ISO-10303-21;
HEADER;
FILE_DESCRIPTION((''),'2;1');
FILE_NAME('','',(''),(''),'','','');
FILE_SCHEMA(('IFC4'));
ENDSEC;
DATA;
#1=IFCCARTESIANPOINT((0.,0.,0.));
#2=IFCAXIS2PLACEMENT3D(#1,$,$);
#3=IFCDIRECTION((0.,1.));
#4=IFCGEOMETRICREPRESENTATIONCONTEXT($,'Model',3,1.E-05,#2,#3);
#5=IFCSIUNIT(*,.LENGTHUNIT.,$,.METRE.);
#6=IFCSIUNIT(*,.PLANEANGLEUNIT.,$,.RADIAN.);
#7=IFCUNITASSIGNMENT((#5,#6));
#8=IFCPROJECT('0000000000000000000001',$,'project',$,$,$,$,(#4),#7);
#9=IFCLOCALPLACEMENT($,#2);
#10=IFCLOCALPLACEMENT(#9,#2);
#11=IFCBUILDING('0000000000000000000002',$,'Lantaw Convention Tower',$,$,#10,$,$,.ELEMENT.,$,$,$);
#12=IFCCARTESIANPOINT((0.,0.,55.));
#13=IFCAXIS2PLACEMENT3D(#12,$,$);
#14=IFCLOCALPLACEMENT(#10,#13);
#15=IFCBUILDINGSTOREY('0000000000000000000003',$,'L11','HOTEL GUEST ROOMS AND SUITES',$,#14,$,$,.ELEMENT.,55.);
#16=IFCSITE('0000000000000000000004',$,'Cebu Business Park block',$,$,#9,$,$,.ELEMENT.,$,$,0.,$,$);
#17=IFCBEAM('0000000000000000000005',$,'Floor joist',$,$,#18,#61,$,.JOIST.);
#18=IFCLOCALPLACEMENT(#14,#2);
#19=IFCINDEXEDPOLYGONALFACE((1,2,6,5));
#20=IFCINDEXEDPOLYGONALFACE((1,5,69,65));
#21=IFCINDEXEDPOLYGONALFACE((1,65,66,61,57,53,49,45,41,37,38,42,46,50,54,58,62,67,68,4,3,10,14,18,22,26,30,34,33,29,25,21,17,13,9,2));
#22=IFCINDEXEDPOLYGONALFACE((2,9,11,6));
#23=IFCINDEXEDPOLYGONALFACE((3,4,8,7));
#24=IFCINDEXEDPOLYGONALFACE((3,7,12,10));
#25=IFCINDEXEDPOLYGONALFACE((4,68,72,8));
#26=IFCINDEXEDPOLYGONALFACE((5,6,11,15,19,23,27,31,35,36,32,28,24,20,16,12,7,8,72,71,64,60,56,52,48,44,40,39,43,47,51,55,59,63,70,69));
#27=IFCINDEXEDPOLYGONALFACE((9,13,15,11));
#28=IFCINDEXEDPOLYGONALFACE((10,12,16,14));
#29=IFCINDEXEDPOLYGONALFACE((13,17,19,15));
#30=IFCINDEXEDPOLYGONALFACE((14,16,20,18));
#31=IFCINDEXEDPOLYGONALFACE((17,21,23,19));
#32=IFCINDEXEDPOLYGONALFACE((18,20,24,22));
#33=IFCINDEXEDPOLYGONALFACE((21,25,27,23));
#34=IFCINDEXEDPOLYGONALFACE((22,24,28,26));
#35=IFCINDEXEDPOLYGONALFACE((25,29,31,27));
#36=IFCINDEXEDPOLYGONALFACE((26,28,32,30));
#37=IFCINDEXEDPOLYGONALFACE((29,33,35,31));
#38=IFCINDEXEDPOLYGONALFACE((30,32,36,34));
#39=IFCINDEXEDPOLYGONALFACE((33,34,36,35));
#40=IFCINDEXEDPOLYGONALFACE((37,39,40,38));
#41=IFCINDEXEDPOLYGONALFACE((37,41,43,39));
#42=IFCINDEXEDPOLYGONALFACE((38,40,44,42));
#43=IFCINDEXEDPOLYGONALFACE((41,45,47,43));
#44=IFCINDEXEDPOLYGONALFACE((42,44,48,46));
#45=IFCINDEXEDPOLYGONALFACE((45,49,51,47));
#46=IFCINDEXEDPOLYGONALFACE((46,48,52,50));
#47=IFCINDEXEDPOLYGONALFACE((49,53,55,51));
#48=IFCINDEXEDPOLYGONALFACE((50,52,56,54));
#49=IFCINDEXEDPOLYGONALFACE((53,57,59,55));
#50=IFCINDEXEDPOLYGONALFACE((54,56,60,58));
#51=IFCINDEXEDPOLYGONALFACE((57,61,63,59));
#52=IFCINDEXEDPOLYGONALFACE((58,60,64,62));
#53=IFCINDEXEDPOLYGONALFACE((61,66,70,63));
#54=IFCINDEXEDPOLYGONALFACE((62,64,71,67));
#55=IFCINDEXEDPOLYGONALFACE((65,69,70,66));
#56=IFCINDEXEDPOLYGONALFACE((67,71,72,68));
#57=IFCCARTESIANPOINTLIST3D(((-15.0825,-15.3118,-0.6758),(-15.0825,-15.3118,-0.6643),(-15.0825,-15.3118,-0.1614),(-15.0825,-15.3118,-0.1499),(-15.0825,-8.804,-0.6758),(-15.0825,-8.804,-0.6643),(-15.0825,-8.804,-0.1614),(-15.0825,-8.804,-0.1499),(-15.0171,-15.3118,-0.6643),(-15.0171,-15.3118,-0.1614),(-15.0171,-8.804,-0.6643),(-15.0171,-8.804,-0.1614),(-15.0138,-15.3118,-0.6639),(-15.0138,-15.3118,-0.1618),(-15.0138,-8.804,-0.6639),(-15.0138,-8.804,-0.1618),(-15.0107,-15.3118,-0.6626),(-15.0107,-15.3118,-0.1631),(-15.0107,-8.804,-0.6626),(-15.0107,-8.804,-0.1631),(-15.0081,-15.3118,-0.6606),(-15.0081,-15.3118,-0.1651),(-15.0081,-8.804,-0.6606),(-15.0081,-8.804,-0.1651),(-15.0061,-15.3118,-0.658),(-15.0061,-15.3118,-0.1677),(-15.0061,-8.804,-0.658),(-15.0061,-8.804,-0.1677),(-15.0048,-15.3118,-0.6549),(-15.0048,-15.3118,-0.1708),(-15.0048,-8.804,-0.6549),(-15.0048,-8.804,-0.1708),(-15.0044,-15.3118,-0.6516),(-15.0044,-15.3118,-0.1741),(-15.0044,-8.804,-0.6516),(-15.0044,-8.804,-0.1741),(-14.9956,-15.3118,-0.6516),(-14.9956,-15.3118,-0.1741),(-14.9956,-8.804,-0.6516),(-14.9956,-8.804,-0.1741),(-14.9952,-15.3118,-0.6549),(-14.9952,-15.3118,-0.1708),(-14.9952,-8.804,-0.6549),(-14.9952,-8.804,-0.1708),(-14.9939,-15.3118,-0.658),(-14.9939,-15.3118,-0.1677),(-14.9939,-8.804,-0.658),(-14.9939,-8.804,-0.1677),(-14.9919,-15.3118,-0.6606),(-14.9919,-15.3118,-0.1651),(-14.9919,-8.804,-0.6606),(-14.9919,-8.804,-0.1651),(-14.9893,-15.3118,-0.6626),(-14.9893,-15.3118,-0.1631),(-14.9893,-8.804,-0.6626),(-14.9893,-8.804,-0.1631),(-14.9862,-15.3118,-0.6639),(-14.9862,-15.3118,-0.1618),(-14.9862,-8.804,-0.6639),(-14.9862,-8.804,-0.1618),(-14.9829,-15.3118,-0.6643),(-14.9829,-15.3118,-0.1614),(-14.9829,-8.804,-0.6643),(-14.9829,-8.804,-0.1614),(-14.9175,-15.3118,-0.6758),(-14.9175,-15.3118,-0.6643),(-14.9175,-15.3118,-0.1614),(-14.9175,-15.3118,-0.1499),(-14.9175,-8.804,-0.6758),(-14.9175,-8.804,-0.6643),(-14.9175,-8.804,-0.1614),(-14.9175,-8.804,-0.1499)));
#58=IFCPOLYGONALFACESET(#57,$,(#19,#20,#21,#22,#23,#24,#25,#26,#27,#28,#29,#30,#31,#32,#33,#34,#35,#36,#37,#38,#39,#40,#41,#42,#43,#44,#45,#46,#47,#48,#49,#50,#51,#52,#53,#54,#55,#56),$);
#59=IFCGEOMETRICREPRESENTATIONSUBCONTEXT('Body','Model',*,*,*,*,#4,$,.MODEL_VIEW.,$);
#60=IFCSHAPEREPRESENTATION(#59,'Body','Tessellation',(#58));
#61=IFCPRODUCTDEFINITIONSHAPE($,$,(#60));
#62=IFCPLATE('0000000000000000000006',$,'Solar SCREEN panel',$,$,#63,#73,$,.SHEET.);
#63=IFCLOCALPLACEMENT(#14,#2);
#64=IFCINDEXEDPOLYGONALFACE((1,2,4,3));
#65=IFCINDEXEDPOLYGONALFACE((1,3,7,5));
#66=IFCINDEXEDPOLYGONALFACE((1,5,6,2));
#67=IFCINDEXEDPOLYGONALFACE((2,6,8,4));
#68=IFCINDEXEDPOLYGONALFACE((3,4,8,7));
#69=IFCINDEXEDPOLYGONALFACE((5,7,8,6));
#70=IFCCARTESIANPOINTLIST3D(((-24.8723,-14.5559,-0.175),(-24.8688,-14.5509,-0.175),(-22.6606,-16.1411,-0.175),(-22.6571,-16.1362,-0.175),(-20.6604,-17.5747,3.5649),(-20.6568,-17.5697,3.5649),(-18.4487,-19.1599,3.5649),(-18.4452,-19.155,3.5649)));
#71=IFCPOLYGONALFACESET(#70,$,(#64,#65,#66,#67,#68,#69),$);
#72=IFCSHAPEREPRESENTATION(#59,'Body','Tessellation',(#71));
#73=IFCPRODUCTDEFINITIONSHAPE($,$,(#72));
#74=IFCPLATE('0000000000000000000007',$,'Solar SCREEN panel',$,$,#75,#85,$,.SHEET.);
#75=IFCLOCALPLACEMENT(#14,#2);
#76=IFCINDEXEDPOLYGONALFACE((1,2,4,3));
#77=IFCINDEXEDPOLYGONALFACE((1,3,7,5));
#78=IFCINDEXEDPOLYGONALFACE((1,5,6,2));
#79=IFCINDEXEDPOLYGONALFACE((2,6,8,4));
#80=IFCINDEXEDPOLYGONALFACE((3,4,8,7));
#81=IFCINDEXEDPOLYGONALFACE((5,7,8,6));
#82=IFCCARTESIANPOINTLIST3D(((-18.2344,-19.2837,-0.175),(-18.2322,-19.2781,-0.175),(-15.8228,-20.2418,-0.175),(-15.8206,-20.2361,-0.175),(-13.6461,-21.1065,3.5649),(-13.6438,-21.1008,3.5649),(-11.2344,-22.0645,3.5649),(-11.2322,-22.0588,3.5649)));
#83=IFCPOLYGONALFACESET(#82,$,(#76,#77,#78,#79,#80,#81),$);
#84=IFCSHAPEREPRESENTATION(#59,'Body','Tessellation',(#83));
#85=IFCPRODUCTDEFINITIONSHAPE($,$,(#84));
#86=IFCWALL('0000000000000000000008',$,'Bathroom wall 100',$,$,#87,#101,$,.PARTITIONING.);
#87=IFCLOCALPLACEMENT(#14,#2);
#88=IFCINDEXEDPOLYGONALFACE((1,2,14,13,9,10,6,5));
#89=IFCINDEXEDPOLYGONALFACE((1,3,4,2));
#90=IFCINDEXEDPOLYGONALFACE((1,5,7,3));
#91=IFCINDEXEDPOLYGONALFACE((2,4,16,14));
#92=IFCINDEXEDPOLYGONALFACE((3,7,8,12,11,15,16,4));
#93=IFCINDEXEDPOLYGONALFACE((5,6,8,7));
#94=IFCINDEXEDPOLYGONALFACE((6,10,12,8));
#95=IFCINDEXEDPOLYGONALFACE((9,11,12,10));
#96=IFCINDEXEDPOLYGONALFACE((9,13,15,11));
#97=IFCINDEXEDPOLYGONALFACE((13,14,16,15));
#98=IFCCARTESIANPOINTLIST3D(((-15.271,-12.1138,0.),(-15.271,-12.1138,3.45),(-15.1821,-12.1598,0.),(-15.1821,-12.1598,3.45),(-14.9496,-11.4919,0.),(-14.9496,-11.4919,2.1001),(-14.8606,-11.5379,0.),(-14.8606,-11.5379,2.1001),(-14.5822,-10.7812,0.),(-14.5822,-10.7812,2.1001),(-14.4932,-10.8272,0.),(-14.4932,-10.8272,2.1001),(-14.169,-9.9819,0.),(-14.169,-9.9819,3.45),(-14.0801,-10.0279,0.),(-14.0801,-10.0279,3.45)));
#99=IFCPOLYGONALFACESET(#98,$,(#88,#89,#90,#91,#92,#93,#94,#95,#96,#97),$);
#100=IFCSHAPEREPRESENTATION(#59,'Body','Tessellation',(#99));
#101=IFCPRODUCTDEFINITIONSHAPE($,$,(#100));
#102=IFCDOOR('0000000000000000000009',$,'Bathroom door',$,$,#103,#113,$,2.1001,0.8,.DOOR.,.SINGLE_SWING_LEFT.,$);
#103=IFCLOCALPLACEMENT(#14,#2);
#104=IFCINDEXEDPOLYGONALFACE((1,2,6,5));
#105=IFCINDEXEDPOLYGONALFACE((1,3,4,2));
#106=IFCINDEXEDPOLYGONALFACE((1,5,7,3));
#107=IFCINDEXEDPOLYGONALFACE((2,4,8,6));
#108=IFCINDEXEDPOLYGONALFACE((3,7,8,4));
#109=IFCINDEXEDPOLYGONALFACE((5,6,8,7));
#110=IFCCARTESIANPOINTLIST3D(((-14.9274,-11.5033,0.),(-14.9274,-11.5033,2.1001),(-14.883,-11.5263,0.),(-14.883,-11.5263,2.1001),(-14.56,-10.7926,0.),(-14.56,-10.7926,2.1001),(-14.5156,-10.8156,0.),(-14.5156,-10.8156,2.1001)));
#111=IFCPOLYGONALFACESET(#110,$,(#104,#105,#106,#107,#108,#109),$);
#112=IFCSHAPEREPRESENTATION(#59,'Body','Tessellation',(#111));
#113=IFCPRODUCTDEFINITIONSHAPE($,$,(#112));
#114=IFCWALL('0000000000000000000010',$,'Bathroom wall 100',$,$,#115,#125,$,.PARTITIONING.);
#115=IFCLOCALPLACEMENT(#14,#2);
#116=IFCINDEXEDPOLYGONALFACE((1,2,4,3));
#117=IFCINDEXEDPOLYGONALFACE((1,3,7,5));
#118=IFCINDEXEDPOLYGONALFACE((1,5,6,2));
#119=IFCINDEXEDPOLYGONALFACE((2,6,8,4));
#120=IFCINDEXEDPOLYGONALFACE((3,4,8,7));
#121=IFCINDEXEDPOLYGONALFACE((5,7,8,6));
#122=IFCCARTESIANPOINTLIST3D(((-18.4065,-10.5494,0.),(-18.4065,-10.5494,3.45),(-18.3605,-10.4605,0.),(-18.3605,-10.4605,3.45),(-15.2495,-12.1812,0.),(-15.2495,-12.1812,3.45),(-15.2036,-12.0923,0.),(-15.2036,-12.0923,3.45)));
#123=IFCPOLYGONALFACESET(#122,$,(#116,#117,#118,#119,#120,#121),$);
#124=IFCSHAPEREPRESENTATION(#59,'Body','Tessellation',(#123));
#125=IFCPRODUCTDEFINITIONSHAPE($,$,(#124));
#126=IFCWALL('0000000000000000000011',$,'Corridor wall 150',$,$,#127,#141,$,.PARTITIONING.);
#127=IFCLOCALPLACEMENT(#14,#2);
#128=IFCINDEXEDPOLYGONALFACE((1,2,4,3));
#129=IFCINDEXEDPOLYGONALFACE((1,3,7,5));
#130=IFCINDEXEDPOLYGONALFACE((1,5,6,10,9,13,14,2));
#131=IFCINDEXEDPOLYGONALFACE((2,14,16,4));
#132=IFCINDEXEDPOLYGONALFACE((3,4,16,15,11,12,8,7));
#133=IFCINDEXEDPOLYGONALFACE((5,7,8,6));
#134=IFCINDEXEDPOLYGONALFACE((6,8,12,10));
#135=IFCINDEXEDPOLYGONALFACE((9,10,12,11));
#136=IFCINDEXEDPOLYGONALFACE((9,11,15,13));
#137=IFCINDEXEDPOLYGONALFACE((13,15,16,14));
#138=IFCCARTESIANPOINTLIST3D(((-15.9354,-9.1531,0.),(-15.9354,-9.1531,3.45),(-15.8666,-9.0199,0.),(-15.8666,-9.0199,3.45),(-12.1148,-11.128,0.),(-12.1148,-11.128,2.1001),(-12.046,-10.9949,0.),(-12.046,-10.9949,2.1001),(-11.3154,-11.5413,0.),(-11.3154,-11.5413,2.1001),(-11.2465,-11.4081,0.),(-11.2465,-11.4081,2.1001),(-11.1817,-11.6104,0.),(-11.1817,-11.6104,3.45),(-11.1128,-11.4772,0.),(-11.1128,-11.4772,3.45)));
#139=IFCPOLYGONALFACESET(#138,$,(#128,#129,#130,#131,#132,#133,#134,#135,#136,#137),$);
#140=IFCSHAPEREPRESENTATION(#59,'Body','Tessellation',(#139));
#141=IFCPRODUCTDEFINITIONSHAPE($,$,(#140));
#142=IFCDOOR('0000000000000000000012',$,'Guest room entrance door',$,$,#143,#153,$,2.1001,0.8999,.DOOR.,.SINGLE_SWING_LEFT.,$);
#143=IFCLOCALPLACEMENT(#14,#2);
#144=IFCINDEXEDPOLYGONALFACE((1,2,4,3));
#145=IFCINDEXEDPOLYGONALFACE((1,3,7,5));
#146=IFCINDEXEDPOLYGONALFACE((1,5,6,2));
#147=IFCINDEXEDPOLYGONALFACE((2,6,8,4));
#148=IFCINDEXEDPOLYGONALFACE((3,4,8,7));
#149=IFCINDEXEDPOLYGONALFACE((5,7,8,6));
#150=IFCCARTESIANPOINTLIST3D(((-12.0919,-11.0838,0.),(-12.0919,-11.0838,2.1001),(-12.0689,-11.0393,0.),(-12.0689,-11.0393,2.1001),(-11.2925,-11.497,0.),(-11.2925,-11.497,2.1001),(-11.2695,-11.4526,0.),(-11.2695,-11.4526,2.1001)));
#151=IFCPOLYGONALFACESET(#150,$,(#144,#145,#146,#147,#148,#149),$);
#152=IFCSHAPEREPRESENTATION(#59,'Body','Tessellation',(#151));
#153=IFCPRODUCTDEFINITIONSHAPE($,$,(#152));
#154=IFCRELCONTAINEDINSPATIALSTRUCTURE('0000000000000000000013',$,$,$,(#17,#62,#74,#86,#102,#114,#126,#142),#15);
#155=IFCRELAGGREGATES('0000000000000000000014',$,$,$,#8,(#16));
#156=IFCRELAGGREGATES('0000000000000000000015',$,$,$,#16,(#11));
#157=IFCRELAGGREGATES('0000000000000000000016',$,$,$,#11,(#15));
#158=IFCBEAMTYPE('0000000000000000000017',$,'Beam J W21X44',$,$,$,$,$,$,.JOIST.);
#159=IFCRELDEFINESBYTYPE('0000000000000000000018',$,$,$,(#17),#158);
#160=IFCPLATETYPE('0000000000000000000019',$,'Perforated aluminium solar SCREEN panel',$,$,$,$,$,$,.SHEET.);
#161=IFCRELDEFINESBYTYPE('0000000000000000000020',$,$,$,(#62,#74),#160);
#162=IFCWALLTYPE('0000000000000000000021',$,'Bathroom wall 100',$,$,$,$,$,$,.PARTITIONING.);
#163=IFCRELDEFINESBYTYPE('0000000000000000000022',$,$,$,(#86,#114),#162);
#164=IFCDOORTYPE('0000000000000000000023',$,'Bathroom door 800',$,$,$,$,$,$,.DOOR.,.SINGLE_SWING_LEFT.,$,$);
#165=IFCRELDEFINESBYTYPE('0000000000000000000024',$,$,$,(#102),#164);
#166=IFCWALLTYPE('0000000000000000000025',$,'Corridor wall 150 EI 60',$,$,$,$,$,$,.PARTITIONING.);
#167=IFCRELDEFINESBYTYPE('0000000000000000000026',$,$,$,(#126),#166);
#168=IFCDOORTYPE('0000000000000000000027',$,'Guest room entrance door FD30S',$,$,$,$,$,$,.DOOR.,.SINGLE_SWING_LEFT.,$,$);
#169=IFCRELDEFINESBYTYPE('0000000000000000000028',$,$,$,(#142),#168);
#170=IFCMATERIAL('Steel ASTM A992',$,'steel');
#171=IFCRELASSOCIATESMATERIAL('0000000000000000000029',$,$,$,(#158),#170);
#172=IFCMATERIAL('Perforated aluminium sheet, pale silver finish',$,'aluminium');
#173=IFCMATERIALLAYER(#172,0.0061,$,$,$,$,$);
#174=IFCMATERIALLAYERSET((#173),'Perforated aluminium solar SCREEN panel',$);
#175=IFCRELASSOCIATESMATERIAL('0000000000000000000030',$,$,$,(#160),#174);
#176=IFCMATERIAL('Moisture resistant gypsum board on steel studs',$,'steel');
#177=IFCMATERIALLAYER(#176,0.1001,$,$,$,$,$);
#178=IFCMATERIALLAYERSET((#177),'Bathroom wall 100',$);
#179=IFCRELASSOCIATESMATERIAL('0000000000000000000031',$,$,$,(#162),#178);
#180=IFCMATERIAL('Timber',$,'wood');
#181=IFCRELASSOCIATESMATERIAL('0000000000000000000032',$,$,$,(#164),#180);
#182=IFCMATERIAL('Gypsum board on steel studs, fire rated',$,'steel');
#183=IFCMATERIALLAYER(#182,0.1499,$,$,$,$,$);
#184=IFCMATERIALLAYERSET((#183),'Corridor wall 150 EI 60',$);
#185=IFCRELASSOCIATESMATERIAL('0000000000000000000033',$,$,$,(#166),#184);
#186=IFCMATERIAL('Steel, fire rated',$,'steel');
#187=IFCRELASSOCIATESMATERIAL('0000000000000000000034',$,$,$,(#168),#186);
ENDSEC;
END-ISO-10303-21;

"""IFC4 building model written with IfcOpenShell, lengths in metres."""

from ifc_helpers import new_model, si_unit, direction, frame, frame_2d, origin, origin_2d, place, context, subcontext, project, spatial, polyline, rectangle, i_section, outline, extrude, material, layer, layer_set, material_profile, profile_set, type_object, element, fill, save


model = new_model("IFC4")

# Units and contexts
model_context = context("Model", 3, precision=1e-05, world=origin(), true_north=direction((0.0, 1.0)))
body_context = subcontext(model_context, "Body", "Model", "MODEL_VIEW")
ifc_project = project(units=[si_unit("LENGTHUNIT", "METRE"), si_unit("PLANEANGLEUNIT", "RADIAN")], contexts=[model_context])

# Site, building, storey
site_placement = place(None, origin())
site = spatial("IfcSite", under=ifc_project, at=site_placement, Name="Cebu Business Park block", CompositionType="ELEMENT", RefElevation=0.0)
building_placement = place(site_placement, origin())
building = spatial("IfcBuilding", under=site, at=building_placement, Name="Lantaw Convention Tower", CompositionType="ELEMENT")
storey_placement = place(building_placement, frame((0.0, 0.0, 55.0)))
storey = spatial("IfcBuildingStorey", under=building, at=storey_placement, Name="L11", Description="HOTEL GUEST ROOMS AND SUITES", CompositionType="ELEMENT", Elevation=55.0)

# Beam
ifc_material_1 = material(Name="Steel ASTM A992", Category="steel")
ifc_material_profile_1 = material_profile(ifc_material_1, i_section(OverallWidth=0.165, OverallDepth=0.5259, WebThickness=0.0088, FlangeThickness=0.0115, FilletRadius=0.0127, at=origin_2d()), Name="W21X44")
ifc_profile_set_1 = profile_set([ifc_material_profile_1], Name="Steel ASTM A992")
beam_type_1 = type_object("IfcBeamType", Name="Beam J W21X44", PredefinedType="JOIST", material=ifc_profile_set_1)
beam_1_placement = place(storey_placement, frame((-15.0, -15.3118, -0.4128), z_axis=(0.0, 1.0, 0.0), x_axis=(-1.0, 0.0, 0.0)))
element("IfcBeam", 1, at=beam_1_placement, inside=storey, type_object=beam_type_1, Name="Floor joist", PredefinedType="JOIST", context=body_context, shape_type="SweptSolid", body=[
    extrude(i_section(OverallWidth=0.165, OverallDepth=0.5259, WebThickness=0.0088, FlangeThickness=0.0115, FilletRadius=0.0127, at=origin_2d()), origin(), (0.0, 0.0, 1.0), 6.5078),
])

# Plates
ifc_material_2 = material(Name="Perforated aluminium sheet, pale silver finish", Category="aluminium")
ifc_layer_1 = layer(ifc_material_2, 0.0061)
ifc_layer_set_1 = layer_set([ifc_layer_1], Name="Perforated aluminium solar SCREEN panel")
plate_type = type_object("IfcPlateType", Name="Perforated aluminium solar SCREEN panel", PredefinedType="SHEET", material=ifc_layer_set_1)
plate_1_placement = place(storey_placement, frame((-24.8723, -14.5559, -0.175), z_axis=(-0.582561, -0.812787, 0.000016), x_axis=(0.812787, -0.582561, 0.0)))
element("IfcPlate", 2, at=plate_1_placement, inside=storey, type_object=plate_type, Name="Solar SCREEN panel", PredefinedType="SHEET", context=body_context, shape_type="SweptSolid", body=[
    extrude(outline(polyline([(0.0, 0.0), (2.7211, 0.0), (7.9031, 3.74), (5.182, 3.74), (0.0, 0.0)])), origin(), (0.0, 0.0, -1.0), 0.0061),
])
plate_2_placement = place(storey_placement, frame((-18.2322, -19.2781, -0.175), z_axis=(0.369184, 0.929357, 0.000009), x_axis=(0.929357, -0.369184, 0.0)))
element("IfcPlate", 3, at=plate_2_placement, inside=storey, type_object=plate_type, Name="Solar SCREEN panel", PredefinedType="SHEET", context=body_context, shape_type="SweptSolid", body=[
    extrude(outline(polyline([(0.0, 0.0), (2.5949, 0.0), (7.5321, -3.74), (4.9372, -3.74), (0.0, 0.0)])), origin(), (0.0, 0.0, -1.0), 0.0061),
])

# Wall, opening, door
ifc_material_3 = material(Name="Moisture resistant gypsum board on steel studs", Category="steel")
ifc_layer_2 = layer(ifc_material_3, 0.1001)
ifc_layer_set_2 = layer_set([ifc_layer_2], Name="Bathroom wall 100")
wall_type_1 = type_object("IfcWallType", Name="Bathroom wall 100", PredefinedType="PARTITIONING", material=ifc_layer_set_2)
wall_1_placement = place(storey_placement, frame((-14.1245, -10.0049, 0.0), z_axis=(0.0, 0.0, 1.0), x_axis=(-0.459218, -0.888324, 0.0)))
wall_1 = element("IfcWall", 4, at=wall_1_placement, inside=storey, type_object=wall_type_1, Name="Bathroom wall 100", PredefinedType="PARTITIONING", context=body_context, shape_type="SweptSolid", body=[
    extrude(rectangle(XDim=2.3999, YDim=0.1001, at=frame_2d((1.2, 0.0))), origin(), (0.0, 0.0, 1.0), 3.45),
])
opening_1_placement = place(wall_1_placement, frame((0.8999, 0.0, 0.0)))
opening_1 = element("IfcOpeningElement", 5, at=opening_1_placement, cuts=wall_1, PredefinedType="OPENING", context=body_context, shape_type="SweptSolid", body=[
    extrude(rectangle(XDim=0.8, YDim=2.1001, at=frame_2d((0.3999, 1.05))), frame((0.0, 0.0601, 0.0), z_axis=(0.0, -1.0, 0.0), x_axis=(1.0, 0.0, 0.0)), (0.0, 0.0, 1.0), 0.1201),
])
ifc_material_4 = material(Name="Timber", Category="wood")
door_type_1 = type_object("IfcDoorType", Name="Bathroom door 800", OperationType="SINGLE_SWING_LEFT", PredefinedType="DOOR", material=ifc_material_4)
door_1_placement = place(opening_1_placement, origin())
door_1 = element("IfcDoor", 6, at=door_1_placement, inside=storey, type_object=door_type_1, Name="Bathroom door", OperationType="SINGLE_SWING_LEFT", OverallHeight=2.1001, OverallWidth=0.8, PredefinedType="DOOR", context=body_context, shape_type="SweptSolid", body=[
    extrude(rectangle(XDim=0.8, YDim=2.1001, at=frame_2d((0.3999, 1.05))), frame((0.0, 0.0249, 0.0), z_axis=(0.0, -1.0, 0.0), x_axis=(1.0, 0.0, 0.0)), (0.0, 0.0, 1.0), 0.05),
])
fill(opening_1, door_1)

# Wall
wall_2_placement = place(storey_placement, frame((-15.2266, -12.1367, 0.0), z_axis=(0.0, 0.0, 1.0), x_axis=(-0.888342, 0.459182, 0.0)))
element("IfcWall", 7, at=wall_2_placement, inside=storey, type_object=wall_type_1, Name="Bathroom wall 100", PredefinedType="PARTITIONING", context=body_context, shape_type="SweptSolid", body=[
    extrude(rectangle(XDim=3.5537, YDim=0.1001, at=frame_2d((1.7769, 0.0))), origin(), (0.0, 0.0, 1.0), 3.45),
])

# Wall, opening, door
ifc_material_5 = material(Name="Gypsum board on steel studs, fire rated", Category="steel")
ifc_layer_3 = layer(ifc_material_5, 0.1499)
ifc_layer_set_3 = layer_set([ifc_layer_3], Name="Corridor wall 150 EI 60")
wall_type_2 = type_object("IfcWallType", Name="Corridor wall 150 EI 60", PredefinedType="PARTITIONING", material=ifc_layer_set_3)
wall_3_placement = place(storey_placement, frame((-15.9011, -9.0864, 0.0), z_axis=(0.0, 0.0, 1.0), x_axis=(0.888333, -0.459199, 0.0)))
wall_3 = element("IfcWall", 8, at=wall_3_placement, inside=storey, type_object=wall_type_2, Name="Corridor wall 150", PredefinedType="PARTITIONING", context=body_context, shape_type="SweptSolid", body=[
    extrude(rectangle(XDim=5.3513, YDim=0.1499, at=frame_2d((2.6758, 0.0))), origin(), (0.0, 0.0, 1.0), 3.45),
])
opening_2_placement = place(wall_3_placement, frame((4.301, 0.0, 0.0)))
opening_2 = element("IfcOpeningElement", 9, at=opening_2_placement, cuts=wall_3, PredefinedType="OPENING", context=body_context, shape_type="SweptSolid", body=[
    extrude(rectangle(XDim=0.8999, YDim=2.1001, at=frame_2d((0.45, 1.05))), frame((0.0, 0.085, 0.0), z_axis=(0.0, -1.0, 0.0), x_axis=(1.0, 0.0, 0.0)), (0.0, 0.0, 1.0), 0.1699),
])
ifc_material_6 = material(Name="Steel, fire rated", Category="steel")
door_type_2 = type_object("IfcDoorType", Name="Guest room entrance door FD30S", OperationType="SINGLE_SWING_LEFT", PredefinedType="DOOR", material=ifc_material_6)
door_2_placement = place(opening_2_placement, origin())
door_2 = element("IfcDoor", 10, at=door_2_placement, inside=storey, type_object=door_type_2, Name="Guest room entrance door", OperationType="SINGLE_SWING_LEFT", OverallHeight=2.1001, OverallWidth=0.8999, PredefinedType="DOOR", context=body_context, shape_type="SweptSolid", body=[
    extrude(rectangle(XDim=0.8999, YDim=2.1001, at=frame_2d((0.45, 1.05))), frame((0.0, 0.0249, 0.0), z_axis=(0.0, -1.0, 0.0), x_axis=(1.0, 0.0, 0.0)), (0.0, 0.0, 1.0), 0.05),
])
fill(opening_2, door_2)

save(model, "model.ifc")
